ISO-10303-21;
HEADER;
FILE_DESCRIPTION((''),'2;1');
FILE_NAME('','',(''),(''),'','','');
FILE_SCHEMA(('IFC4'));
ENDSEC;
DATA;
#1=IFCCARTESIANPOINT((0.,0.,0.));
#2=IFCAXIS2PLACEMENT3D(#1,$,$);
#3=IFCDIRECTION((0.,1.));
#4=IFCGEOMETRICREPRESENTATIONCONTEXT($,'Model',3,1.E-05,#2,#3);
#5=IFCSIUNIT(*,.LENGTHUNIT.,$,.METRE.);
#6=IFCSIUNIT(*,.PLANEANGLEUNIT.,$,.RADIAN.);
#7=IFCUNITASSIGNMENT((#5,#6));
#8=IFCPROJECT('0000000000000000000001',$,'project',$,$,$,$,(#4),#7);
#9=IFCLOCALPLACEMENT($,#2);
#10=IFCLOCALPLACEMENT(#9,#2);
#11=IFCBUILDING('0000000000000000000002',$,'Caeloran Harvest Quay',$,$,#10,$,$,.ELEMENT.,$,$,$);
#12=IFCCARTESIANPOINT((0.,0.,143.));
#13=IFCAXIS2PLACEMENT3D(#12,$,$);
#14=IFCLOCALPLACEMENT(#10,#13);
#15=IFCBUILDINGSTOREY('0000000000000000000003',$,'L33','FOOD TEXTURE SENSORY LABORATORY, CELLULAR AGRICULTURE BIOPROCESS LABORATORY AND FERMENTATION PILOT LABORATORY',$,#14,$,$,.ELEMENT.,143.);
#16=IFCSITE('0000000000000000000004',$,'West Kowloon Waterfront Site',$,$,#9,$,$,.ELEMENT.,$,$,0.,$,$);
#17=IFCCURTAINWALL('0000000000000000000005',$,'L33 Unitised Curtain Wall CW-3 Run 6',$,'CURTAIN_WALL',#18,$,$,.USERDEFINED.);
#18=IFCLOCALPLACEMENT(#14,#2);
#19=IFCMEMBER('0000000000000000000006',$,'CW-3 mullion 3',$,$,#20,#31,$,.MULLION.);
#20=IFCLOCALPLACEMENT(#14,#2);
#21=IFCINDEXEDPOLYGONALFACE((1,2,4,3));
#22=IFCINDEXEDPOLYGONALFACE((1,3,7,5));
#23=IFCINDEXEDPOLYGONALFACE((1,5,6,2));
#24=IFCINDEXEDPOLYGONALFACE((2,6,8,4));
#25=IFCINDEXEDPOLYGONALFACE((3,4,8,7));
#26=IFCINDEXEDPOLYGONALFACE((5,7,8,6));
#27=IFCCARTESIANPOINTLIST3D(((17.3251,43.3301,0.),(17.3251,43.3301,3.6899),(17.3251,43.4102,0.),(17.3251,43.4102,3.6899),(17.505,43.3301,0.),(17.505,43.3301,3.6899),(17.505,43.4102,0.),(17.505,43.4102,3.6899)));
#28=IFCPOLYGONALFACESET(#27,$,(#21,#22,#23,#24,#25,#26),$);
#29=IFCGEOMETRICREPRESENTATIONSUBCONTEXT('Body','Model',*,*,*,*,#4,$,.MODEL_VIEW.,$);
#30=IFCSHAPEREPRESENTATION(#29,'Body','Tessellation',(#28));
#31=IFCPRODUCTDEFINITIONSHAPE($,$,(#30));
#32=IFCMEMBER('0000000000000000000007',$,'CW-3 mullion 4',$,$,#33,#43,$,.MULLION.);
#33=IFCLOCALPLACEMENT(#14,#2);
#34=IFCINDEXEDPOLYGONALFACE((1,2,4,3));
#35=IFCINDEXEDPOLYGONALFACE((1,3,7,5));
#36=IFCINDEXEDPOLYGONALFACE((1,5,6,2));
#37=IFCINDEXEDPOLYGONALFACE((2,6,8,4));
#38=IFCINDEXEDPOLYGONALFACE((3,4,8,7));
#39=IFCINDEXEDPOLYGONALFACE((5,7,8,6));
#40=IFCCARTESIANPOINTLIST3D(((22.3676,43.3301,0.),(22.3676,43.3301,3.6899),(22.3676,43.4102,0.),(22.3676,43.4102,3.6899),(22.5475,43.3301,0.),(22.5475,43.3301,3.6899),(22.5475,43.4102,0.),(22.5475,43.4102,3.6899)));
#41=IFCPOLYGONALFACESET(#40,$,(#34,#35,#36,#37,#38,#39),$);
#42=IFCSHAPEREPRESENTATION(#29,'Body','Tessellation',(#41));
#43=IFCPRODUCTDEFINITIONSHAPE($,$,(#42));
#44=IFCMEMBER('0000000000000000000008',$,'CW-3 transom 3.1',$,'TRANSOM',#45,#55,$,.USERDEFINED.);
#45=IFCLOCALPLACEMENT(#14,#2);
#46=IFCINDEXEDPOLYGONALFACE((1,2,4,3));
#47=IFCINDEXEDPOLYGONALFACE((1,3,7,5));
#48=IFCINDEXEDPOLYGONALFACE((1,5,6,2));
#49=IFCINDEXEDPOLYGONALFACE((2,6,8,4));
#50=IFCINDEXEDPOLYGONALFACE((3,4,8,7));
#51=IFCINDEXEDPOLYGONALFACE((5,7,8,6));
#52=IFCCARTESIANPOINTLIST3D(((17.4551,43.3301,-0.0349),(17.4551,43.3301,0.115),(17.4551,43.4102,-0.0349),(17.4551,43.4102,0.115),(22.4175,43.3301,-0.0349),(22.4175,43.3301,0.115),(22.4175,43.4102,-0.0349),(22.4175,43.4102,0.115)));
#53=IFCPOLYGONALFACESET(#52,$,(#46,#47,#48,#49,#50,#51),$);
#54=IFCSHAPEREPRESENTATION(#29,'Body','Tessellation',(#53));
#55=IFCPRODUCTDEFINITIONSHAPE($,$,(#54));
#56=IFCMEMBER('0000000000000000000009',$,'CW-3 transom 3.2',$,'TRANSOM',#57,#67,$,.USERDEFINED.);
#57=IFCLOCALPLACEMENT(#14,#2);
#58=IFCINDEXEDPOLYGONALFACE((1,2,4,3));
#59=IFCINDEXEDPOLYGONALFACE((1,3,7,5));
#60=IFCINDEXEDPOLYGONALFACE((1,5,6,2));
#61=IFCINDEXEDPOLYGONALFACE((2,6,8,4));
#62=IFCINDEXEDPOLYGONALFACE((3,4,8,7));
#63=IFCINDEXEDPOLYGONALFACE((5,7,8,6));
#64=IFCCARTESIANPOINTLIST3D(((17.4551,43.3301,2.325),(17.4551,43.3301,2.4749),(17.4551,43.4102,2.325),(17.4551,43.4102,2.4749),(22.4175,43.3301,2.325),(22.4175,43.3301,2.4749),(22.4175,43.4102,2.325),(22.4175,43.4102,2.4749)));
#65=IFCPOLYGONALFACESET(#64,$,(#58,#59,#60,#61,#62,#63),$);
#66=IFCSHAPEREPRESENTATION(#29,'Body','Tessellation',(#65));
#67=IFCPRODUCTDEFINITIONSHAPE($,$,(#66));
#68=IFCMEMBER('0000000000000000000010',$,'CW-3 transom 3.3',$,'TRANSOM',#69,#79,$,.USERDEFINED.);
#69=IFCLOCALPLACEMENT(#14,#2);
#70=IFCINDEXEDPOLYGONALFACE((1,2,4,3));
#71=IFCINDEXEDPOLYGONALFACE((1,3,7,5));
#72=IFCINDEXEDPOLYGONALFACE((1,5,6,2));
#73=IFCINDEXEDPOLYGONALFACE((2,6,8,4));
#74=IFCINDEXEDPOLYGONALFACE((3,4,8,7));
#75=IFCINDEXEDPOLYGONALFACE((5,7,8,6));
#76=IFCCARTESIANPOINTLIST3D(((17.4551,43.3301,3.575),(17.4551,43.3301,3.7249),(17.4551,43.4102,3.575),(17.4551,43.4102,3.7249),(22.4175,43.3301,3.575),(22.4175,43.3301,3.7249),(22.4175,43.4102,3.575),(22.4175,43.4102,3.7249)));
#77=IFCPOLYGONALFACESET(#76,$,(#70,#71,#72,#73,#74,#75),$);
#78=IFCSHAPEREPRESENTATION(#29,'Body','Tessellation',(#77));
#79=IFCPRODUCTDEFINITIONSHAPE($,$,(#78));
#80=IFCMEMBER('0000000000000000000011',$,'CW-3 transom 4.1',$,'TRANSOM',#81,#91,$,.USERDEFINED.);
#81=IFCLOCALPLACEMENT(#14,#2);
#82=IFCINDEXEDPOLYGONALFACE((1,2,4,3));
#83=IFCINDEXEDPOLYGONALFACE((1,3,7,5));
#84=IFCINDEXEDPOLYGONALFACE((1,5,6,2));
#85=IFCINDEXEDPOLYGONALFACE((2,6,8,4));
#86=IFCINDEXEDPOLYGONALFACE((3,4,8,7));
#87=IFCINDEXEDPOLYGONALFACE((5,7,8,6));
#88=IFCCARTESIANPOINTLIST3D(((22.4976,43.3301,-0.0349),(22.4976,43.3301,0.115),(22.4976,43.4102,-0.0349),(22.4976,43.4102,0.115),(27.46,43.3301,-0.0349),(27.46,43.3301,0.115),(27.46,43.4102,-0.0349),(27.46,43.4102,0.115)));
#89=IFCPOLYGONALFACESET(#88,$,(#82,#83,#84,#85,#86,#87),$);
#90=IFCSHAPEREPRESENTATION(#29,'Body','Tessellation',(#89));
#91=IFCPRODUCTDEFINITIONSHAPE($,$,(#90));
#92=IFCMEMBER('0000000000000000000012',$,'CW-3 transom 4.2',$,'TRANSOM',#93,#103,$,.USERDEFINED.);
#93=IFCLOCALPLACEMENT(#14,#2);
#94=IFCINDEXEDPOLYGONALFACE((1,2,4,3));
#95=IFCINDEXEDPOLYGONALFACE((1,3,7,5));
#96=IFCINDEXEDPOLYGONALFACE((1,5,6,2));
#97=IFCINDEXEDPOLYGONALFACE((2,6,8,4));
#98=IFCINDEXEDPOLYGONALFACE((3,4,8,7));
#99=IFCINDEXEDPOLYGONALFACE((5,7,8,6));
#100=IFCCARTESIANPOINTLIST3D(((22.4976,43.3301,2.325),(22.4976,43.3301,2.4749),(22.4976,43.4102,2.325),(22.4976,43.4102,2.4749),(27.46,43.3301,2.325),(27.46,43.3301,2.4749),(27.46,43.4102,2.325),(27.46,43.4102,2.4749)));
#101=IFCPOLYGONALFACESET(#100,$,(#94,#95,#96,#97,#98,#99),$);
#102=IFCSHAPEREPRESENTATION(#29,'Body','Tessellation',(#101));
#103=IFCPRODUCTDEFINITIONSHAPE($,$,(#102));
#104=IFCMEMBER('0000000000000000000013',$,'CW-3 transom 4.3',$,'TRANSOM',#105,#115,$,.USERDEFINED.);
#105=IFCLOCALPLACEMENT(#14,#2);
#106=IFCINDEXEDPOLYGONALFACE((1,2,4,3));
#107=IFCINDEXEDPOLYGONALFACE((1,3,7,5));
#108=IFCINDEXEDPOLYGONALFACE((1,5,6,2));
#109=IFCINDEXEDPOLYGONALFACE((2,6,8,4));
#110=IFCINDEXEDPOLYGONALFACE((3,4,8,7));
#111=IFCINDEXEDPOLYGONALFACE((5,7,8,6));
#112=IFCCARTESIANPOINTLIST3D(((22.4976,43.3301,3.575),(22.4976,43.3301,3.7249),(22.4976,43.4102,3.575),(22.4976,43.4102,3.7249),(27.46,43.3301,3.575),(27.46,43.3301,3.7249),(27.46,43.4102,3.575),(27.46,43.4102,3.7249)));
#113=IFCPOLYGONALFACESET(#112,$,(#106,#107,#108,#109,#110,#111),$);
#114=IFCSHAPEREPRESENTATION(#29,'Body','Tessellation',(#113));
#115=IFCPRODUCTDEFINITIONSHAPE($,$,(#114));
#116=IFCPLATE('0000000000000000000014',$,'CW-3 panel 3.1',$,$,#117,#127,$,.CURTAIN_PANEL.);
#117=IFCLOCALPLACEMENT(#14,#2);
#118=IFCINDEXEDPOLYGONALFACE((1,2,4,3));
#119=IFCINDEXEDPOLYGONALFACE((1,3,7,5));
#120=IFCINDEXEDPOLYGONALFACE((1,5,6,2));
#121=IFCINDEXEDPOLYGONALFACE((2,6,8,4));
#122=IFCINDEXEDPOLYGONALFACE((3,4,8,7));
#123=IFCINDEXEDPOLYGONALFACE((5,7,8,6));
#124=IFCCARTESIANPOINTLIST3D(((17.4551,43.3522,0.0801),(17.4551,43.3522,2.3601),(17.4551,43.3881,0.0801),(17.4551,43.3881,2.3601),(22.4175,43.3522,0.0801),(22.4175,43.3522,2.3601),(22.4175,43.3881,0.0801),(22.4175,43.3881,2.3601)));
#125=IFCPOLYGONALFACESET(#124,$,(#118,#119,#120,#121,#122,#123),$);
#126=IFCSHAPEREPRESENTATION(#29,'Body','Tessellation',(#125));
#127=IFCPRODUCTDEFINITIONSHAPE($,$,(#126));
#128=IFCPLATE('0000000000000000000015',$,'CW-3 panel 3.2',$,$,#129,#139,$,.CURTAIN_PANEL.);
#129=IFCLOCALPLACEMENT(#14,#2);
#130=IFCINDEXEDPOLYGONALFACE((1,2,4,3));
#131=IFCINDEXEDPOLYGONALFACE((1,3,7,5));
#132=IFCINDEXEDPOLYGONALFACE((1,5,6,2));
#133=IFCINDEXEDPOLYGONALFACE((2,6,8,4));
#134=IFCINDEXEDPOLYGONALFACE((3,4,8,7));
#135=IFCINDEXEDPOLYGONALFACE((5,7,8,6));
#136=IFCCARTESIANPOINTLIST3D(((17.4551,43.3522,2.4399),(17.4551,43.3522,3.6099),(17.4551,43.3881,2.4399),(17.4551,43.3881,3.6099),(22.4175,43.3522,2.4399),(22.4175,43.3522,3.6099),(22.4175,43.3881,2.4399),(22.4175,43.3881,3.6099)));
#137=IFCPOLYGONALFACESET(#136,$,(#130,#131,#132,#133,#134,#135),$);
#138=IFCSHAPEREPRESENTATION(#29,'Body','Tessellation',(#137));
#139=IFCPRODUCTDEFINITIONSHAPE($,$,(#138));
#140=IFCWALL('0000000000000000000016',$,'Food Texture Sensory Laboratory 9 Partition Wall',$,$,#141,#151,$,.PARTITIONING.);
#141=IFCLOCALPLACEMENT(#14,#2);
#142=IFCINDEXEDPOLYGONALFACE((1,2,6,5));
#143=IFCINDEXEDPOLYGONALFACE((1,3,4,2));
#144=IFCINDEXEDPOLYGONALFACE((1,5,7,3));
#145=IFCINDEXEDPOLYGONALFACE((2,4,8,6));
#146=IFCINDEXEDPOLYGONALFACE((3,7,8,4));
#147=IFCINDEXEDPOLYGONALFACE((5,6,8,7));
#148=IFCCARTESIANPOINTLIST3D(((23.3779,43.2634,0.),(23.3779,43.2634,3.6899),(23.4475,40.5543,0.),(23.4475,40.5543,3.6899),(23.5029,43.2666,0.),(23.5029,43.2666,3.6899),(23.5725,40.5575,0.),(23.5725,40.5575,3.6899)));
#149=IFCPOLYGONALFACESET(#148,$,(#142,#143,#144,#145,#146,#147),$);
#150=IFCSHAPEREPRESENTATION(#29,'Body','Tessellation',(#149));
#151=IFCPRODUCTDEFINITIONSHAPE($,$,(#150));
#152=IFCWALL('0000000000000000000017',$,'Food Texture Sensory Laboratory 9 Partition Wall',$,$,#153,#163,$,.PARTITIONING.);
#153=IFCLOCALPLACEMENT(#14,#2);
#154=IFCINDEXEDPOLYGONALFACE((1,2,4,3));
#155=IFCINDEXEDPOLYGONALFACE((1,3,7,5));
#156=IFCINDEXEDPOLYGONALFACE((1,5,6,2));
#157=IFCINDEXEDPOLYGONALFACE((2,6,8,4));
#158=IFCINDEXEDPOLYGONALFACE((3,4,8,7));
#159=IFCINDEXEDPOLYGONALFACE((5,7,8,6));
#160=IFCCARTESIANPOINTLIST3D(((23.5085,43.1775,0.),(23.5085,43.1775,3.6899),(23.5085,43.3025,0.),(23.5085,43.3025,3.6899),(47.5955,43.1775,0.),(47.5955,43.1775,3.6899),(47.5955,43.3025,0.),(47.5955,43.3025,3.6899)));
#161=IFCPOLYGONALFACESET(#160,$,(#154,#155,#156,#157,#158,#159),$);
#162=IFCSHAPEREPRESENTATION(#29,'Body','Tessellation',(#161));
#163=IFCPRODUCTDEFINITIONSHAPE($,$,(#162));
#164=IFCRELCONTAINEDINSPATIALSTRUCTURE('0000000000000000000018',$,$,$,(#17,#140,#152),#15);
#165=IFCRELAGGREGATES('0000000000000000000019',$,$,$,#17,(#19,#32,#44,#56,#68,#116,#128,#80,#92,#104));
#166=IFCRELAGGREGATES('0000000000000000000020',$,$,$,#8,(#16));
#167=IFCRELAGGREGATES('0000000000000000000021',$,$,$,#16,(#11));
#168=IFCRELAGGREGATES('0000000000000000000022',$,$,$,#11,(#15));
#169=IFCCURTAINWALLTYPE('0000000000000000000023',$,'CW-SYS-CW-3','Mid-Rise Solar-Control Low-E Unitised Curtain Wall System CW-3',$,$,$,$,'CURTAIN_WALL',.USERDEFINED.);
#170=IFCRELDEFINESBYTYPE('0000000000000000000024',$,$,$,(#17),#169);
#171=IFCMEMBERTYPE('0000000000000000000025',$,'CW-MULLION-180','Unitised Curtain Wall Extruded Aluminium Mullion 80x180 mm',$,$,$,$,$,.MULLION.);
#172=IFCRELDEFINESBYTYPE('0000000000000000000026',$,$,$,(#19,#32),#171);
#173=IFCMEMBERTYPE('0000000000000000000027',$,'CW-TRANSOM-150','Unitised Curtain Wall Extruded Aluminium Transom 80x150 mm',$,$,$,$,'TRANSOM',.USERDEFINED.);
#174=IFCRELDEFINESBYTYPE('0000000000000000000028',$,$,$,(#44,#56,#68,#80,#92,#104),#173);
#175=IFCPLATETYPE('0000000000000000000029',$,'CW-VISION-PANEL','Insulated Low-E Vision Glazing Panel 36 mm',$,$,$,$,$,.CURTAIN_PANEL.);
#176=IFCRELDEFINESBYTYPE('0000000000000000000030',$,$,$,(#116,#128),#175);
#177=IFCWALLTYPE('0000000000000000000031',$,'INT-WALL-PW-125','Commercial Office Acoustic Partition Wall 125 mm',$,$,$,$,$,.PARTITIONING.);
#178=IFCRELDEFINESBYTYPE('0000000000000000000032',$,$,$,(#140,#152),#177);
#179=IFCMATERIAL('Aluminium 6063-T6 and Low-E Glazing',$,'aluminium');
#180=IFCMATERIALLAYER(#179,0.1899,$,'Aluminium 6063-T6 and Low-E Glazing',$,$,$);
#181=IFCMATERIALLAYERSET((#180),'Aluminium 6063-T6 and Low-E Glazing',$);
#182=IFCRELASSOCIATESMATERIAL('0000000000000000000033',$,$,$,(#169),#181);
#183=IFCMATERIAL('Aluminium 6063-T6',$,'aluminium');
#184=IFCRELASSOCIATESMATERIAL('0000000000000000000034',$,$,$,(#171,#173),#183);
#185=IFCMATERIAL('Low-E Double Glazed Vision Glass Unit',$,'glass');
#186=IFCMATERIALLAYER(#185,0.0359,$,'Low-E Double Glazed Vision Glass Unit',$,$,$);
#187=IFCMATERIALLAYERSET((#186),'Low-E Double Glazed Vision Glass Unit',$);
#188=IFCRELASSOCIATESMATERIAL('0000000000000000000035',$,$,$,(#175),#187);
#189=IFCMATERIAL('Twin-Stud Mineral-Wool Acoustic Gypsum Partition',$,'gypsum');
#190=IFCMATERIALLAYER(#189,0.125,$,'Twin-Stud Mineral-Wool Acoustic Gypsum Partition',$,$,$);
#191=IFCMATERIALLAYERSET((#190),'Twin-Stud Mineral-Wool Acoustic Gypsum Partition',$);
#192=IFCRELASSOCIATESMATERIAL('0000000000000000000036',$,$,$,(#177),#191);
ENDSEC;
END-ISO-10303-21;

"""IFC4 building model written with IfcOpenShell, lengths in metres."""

from ifc_helpers import new_model, si_unit, direction, frame, frame_2d, origin, origin_2d, place, context, subcontext, project, spatial, rectangle, extrude, material, layer, layer_set, material_profile, profile_set, type_object, element, aggregate, save


model = new_model("IFC4")

# Units and contexts
model_context = context("Model", 3, precision=1e-05, world=origin(), true_north=direction((0.0, 1.0)))
body_context = subcontext(model_context, "Body", "Model", "MODEL_VIEW")
ifc_project = project(units=[si_unit("LENGTHUNIT", "METRE"), si_unit("PLANEANGLEUNIT", "RADIAN")], contexts=[model_context])

# Site, building, storey
site_placement = place(None, origin())
site = spatial("IfcSite", under=ifc_project, at=site_placement, Name="West Kowloon Waterfront Site", CompositionType="ELEMENT", RefElevation=0.0)
building_placement = place(site_placement, origin())
building = spatial("IfcBuilding", under=site, at=building_placement, Name="Caeloran Harvest Quay", CompositionType="ELEMENT")
storey_placement = place(building_placement, frame((0.0, 0.0, 143.0)))
storey = spatial("IfcBuildingStorey", under=building, at=storey_placement, Name="L33", Description="FOOD TEXTURE SENSORY LABORATORY, CELLULAR AGRICULTURE BIOPROCESS LABORATORY AND FERMENTATION PILOT LABORATORY", CompositionType="ELEMENT", Elevation=143.0)

# Curtain wall, members, plates
ifc_material_1 = material(Name="Aluminium 6063-T6 and Low-E Glazing", Category="aluminium")
ifc_layer_1 = layer(ifc_material_1, 0.1899, Name="Aluminium 6063-T6 and Low-E Glazing")
ifc_layer_set_1 = layer_set([ifc_layer_1], Name="Aluminium 6063-T6 and Low-E Glazing")
curtain_wall_type = type_object("IfcCurtainWallType", Name="CW-SYS-CW-3", Description="Mid-Rise Solar-Control Low-E Unitised Curtain Wall System CW-3", ElementType="CURTAIN_WALL", PredefinedType="USERDEFINED", material=ifc_layer_set_1)
curtain_wall_placement = place(storey_placement, origin())
curtain_wall = element("IfcCurtainWall", 1, at=curtain_wall_placement, inside=storey, type_object=curtain_wall_type, Name="L33 Unitised Curtain Wall CW-3 Run 6", ObjectType="CURTAIN_WALL", PredefinedType="USERDEFINED")
ifc_material_2 = material(Name="Aluminium 6063-T6", Category="aluminium")
ifc_material_profile_1 = material_profile(ifc_material_2, rectangle(XDim=0.0801, YDim=0.1799, at=origin_2d()), Name="CW-MULLION-180")
ifc_profile_set_1 = profile_set([ifc_material_profile_1], Name="Aluminium 6063-T6")
member_type_1 = type_object("IfcMemberType", Name="CW-MULLION-180", Description="Unitised Curtain Wall Extruded Aluminium Mullion 80x180 mm", PredefinedType="MULLION", material=ifc_profile_set_1)
member_1_placement = place(storey_placement, frame((17.415, 43.3701, 0.0), z_axis=(0.0, 0.0, 1.0), x_axis=(0.0, 1.0, 0.0)))
member_1 = element("IfcMember", 2, at=member_1_placement, type_object=member_type_1, Name="CW-3 mullion 3", PredefinedType="MULLION", context=body_context, shape_type="SweptSolid", body=[
    extrude(rectangle(XDim=0.0801, YDim=0.1799, at=origin_2d()), origin(), (0.0, 0.0, 1.0), 3.6899),
])
member_2_placement = place(storey_placement, frame((22.4575, 43.3701, 0.0), z_axis=(0.0, 0.0, 1.0), x_axis=(0.0, 1.0, 0.0)))
member_2 = element("IfcMember", 3, at=member_2_placement, type_object=member_type_1, Name="CW-3 mullion 4", PredefinedType="MULLION", context=body_context, shape_type="SweptSolid", body=[
    extrude(rectangle(XDim=0.0801, YDim=0.1799, at=origin_2d()), origin(), (0.0, 0.0, 1.0), 3.6899),
])
ifc_material_profile_2 = material_profile(ifc_material_2, rectangle(XDim=0.0801, YDim=0.1499, at=origin_2d()), Name="CW-TRANSOM-150")
ifc_profile_set_2 = profile_set([ifc_material_profile_2], Name="Aluminium 6063-T6")
member_type_2 = type_object("IfcMemberType", Name="CW-TRANSOM-150", Description="Unitised Curtain Wall Extruded Aluminium Transom 80x150 mm", ElementType="TRANSOM", PredefinedType="USERDEFINED", material=ifc_profile_set_2)
member_3_placement = place(storey_placement, frame((17.4551, 43.3701, 0.04), z_axis=(1.0, 0.0, 0.0), x_axis=(0.0, 1.0, 0.0)))
member_3 = element("IfcMember", 4, at=member_3_placement, type_object=member_type_2, Name="CW-3 transom 3.1", ObjectType="TRANSOM", PredefinedType="USERDEFINED", context=body_context, shape_type="SweptSolid", body=[
    extrude(rectangle(XDim=0.0801, YDim=0.1499, at=origin_2d()), origin(), (0.0, 0.0, 1.0), 4.9624),
])
member_4_placement = place(storey_placement, frame((17.4551, 43.3701, 2.3999), z_axis=(1.0, 0.0, 0.0), x_axis=(0.0, 1.0, 0.0)))
member_4 = element("IfcMember", 5, at=member_4_placement, type_object=member_type_2, Name="CW-3 transom 3.2", ObjectType="TRANSOM", PredefinedType="USERDEFINED", context=body_context, shape_type="SweptSolid", body=[
    extrude(rectangle(XDim=0.0801, YDim=0.1499, at=origin_2d()), origin(), (0.0, 0.0, 1.0), 4.9624),
])
member_5_placement = place(storey_placement, frame((17.4551, 43.3701, 3.6499), z_axis=(1.0, 0.0, 0.0), x_axis=(0.0, 1.0, 0.0)))
member_5 = element("IfcMember", 6, at=member_5_placement, type_object=member_type_2, Name="CW-3 transom 3.3", ObjectType="TRANSOM", PredefinedType="USERDEFINED", context=body_context, shape_type="SweptSolid", body=[
    extrude(rectangle(XDim=0.0801, YDim=0.1499, at=origin_2d()), origin(), (0.0, 0.0, 1.0), 4.9624),
])
member_6_placement = place(storey_placement, frame((22.4976, 43.3701, 0.04), z_axis=(1.0, 0.0, 0.0), x_axis=(0.0, 1.0, 0.0)))
member_6 = element("IfcMember", 7, at=member_6_placement, type_object=member_type_2, Name="CW-3 transom 4.1", ObjectType="TRANSOM", PredefinedType="USERDEFINED", context=body_context, shape_type="SweptSolid", body=[
    extrude(rectangle(XDim=0.0801, YDim=0.1499, at=origin_2d()), origin(), (0.0, 0.0, 1.0), 4.9624),
])
member_7_placement = place(storey_placement, frame((22.4976, 43.3701, 2.3999), z_axis=(1.0, 0.0, 0.0), x_axis=(0.0, 1.0, 0.0)))
member_7 = element("IfcMember", 8, at=member_7_placement, type_object=member_type_2, Name="CW-3 transom 4.2", ObjectType="TRANSOM", PredefinedType="USERDEFINED", context=body_context, shape_type="SweptSolid", body=[
    extrude(rectangle(XDim=0.0801, YDim=0.1499, at=origin_2d()), origin(), (0.0, 0.0, 1.0), 4.9624),
])
member_8_placement = place(storey_placement, frame((22.4976, 43.3701, 3.6499), z_axis=(1.0, 0.0, 0.0), x_axis=(0.0, 1.0, 0.0)))
member_8 = element("IfcMember", 9, at=member_8_placement, type_object=member_type_2, Name="CW-3 transom 4.3", ObjectType="TRANSOM", PredefinedType="USERDEFINED", context=body_context, shape_type="SweptSolid", body=[
    extrude(rectangle(XDim=0.0801, YDim=0.1499, at=origin_2d()), origin(), (0.0, 0.0, 1.0), 4.9624),
])
ifc_material_3 = material(Name="Low-E Double Glazed Vision Glass Unit", Category="glass")
ifc_layer_2 = layer(ifc_material_3, 0.0359, Name="Low-E Double Glazed Vision Glass Unit")
ifc_layer_set_2 = layer_set([ifc_layer_2], Name="Low-E Double Glazed Vision Glass Unit")
plate_type = type_object("IfcPlateType", Name="CW-VISION-PANEL", Description="Insulated Low-E Vision Glazing Panel 36 mm", PredefinedType="CURTAIN_PANEL", material=ifc_layer_set_2)
plate_1_placement = place(storey_placement, frame((19.9363, 43.3701, 0.0801), z_axis=(0.0, 0.0, 1.0), x_axis=(1.0, 0.0, 0.0)))
plate_1 = element("IfcPlate", 10, at=plate_1_placement, type_object=plate_type, Name="CW-3 panel 3.1", PredefinedType="CURTAIN_PANEL", context=body_context, shape_type="SweptSolid", body=[
    extrude(rectangle(XDim=4.9624, YDim=0.0359, at=origin_2d()), origin(), (0.0, 0.0, 1.0), 2.28),
])
plate_2_placement = place(storey_placement, frame((19.9363, 43.3701, 2.4399), z_axis=(0.0, 0.0, 1.0), x_axis=(1.0, 0.0, 0.0)))
plate_2 = element("IfcPlate", 11, at=plate_2_placement, type_object=plate_type, Name="CW-3 panel 3.2", PredefinedType="CURTAIN_PANEL", context=body_context, shape_type="SweptSolid", body=[
    extrude(rectangle(XDim=4.9624, YDim=0.0359, at=origin_2d()), origin(), (0.0, 0.0, 1.0), 1.1699),
])
aggregate(curtain_wall, [member_1, member_2, member_3, member_4, member_5, plate_1, plate_2, member_6, member_7, member_8])

# Walls
ifc_material_4 = material(Name="Twin-Stud Mineral-Wool Acoustic Gypsum Partition", Category="gypsum")
ifc_layer_3 = layer(ifc_material_4, 0.125, Name="Twin-Stud Mineral-Wool Acoustic Gypsum Partition")
ifc_layer_set_3 = layer_set([ifc_layer_3], Name="Twin-Stud Mineral-Wool Acoustic Gypsum Partition")
wall_type = type_object("IfcWallType", Name="INT-WALL-PW-125", Description="Commercial Office Acoustic Partition Wall 125 mm", PredefinedType="PARTITIONING", material=ifc_layer_set_3)
wall_1_placement = place(storey_placement, frame((23.51, 40.5559, 0.0), z_axis=(0.0, 0.0, 1.0), x_axis=(-0.025676, 0.99967, 0.0)))
element("IfcWall", 12, at=wall_1_placement, inside=storey, type_object=wall_type, Name="Food Texture Sensory Laboratory 9 Partition Wall", PredefinedType="PARTITIONING", context=body_context, shape_type="SweptSolid", body=[
    extrude(rectangle(XDim=2.71, YDim=0.125, at=frame_2d((1.355, 0.0))), origin(), (0.0, 0.0, 1.0), 3.6899),
])
wall_2_placement = place(storey_placement, frame((23.5085, 43.24, 0.0), z_axis=(0.0, 0.0, 1.0), x_axis=(1.0, 0.0, 0.0)))
element("IfcWall", 13, at=wall_2_placement, inside=storey, type_object=wall_type, Name="Food Texture Sensory Laboratory 9 Partition Wall", PredefinedType="PARTITIONING", context=body_context, shape_type="SweptSolid", body=[
    extrude(rectangle(XDim=24.0869, YDim=0.125, at=frame_2d((12.0435, 0.0))), origin(), (0.0, 0.0, 1.0), 3.6899),
])

save(model, "model.ifc")
